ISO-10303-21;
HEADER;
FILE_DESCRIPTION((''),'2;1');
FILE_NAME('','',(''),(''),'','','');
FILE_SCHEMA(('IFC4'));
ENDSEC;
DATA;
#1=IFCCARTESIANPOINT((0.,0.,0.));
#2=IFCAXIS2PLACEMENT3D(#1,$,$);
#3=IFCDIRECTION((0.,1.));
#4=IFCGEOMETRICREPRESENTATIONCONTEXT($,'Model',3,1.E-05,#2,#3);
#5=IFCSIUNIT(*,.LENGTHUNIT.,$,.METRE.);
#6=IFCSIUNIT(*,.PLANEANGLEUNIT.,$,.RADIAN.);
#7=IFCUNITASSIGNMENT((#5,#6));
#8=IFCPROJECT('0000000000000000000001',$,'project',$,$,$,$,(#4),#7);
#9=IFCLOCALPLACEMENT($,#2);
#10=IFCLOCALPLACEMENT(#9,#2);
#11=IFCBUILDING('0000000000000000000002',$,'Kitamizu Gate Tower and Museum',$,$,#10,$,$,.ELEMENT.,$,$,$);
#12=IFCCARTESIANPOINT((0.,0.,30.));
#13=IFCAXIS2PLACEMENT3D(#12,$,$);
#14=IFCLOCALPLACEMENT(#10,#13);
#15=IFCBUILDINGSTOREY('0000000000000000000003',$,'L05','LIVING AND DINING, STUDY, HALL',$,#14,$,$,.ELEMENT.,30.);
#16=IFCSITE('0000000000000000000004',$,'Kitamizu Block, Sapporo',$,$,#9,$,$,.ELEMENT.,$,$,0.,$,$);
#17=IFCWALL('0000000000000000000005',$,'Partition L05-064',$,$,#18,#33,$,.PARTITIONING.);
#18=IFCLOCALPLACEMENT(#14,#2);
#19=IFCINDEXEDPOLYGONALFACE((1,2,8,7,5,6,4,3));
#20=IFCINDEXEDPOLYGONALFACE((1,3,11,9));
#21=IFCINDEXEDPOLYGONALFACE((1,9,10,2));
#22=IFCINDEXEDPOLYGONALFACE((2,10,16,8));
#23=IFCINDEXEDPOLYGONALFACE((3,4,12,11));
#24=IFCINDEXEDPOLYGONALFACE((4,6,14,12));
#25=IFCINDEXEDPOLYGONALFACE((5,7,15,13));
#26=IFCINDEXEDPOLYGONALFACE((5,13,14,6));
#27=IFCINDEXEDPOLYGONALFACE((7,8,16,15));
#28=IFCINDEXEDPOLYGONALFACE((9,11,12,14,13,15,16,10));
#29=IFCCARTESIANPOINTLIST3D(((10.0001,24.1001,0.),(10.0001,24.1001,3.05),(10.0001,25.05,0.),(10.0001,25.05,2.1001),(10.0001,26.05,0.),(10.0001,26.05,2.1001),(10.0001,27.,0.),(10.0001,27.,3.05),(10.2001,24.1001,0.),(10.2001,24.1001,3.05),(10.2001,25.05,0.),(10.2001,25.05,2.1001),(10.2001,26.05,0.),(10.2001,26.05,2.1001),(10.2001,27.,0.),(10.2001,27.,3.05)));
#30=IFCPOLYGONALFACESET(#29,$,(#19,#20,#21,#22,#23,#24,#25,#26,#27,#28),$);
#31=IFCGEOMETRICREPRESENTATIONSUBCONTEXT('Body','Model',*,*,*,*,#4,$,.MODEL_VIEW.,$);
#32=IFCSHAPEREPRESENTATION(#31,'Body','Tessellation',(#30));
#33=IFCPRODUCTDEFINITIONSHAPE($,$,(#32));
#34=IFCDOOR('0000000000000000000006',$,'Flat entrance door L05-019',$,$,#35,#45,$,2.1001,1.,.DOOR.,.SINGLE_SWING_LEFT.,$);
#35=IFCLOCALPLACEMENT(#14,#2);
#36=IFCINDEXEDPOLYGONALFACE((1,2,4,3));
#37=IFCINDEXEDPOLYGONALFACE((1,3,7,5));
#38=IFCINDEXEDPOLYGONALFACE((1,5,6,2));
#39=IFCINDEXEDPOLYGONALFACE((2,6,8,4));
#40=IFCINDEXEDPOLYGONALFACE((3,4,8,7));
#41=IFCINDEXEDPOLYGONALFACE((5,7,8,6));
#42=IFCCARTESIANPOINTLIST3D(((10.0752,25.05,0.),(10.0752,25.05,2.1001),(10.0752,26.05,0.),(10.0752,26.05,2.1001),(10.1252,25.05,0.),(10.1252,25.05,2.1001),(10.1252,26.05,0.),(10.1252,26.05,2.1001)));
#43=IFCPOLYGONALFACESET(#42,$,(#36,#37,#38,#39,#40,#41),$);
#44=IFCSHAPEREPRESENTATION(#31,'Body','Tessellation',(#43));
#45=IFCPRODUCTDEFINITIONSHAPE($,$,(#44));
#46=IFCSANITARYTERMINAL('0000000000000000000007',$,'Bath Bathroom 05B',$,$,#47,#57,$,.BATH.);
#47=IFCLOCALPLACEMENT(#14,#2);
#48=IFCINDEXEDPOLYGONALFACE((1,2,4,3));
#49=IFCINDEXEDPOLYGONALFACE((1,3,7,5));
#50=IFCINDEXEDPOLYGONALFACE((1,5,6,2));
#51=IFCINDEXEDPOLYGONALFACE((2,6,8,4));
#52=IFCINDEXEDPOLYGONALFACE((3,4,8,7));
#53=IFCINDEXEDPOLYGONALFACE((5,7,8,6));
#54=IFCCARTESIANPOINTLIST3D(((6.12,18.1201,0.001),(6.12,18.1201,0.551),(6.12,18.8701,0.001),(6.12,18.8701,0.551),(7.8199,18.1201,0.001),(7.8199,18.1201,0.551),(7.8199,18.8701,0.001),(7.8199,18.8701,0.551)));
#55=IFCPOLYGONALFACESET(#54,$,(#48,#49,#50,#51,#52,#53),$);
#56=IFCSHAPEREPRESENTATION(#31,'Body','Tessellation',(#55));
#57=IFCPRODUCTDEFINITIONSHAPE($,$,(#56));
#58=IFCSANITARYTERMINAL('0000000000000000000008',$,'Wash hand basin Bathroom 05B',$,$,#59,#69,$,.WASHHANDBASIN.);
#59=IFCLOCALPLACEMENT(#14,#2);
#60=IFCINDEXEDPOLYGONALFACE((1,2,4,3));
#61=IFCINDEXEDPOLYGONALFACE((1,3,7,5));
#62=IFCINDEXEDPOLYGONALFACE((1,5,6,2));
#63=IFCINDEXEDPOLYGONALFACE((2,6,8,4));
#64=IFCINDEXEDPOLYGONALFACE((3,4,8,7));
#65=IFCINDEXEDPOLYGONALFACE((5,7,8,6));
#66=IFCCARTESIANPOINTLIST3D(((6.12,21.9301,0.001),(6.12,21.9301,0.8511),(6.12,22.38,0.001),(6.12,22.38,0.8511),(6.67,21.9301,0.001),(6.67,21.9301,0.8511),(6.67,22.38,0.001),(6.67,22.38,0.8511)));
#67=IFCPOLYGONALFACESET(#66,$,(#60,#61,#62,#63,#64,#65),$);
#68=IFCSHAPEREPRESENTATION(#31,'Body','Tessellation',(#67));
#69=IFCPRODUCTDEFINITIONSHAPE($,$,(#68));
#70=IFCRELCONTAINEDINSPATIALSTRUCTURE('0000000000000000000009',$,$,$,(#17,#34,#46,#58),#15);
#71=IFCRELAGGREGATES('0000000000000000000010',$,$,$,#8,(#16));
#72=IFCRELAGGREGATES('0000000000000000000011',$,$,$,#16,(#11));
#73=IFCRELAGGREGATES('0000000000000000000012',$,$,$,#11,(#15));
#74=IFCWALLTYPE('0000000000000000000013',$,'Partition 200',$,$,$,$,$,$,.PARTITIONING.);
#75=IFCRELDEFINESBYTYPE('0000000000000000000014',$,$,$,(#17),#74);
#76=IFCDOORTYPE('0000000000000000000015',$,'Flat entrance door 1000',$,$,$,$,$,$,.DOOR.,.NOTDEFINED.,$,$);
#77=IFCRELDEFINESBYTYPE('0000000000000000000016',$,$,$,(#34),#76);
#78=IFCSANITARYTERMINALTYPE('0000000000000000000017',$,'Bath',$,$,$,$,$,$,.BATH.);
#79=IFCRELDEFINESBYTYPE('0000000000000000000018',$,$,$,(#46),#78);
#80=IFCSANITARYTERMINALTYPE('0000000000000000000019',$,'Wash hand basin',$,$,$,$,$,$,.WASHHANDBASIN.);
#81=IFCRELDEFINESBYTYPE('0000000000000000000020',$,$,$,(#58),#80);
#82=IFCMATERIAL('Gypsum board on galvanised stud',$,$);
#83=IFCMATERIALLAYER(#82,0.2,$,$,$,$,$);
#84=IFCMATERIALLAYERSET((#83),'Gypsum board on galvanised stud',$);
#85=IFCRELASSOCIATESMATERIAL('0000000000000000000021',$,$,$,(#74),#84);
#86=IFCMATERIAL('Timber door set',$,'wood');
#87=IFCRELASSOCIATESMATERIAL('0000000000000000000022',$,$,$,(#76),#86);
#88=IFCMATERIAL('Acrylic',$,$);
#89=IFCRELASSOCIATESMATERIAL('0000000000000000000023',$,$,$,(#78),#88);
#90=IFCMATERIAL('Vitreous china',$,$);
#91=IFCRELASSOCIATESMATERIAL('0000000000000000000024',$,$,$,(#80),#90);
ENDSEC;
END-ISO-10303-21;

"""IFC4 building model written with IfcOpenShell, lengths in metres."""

from ifc_helpers import new_model, si_unit, direction, frame, frame_2d, origin, origin_2d, place, context, subcontext, project, spatial, rectangle, extrude, material, layer, layer_set, type_object, element, fill, save


model = new_model("IFC4")

# Units and contexts
model_context = context("Model", 3, precision=1e-05, world=origin(), true_north=direction((0.0, 1.0)))
body_context = subcontext(model_context, "Body", "Model", "MODEL_VIEW")
ifc_project = project(units=[si_unit("LENGTHUNIT", "METRE"), si_unit("PLANEANGLEUNIT", "RADIAN")], contexts=[model_context])

# Site, building, storey
site_placement = place(None, origin())
site = spatial("IfcSite", under=ifc_project, at=site_placement, Name="Kitamizu Block, Sapporo", CompositionType="ELEMENT", RefElevation=0.0)
building_placement = place(site_placement, origin())
building = spatial("IfcBuilding", under=site, at=building_placement, Name="Kitamizu Gate Tower and Museum", CompositionType="ELEMENT")
storey_placement = place(building_placement, frame((0.0, 0.0, 30.0)))
storey = spatial("IfcBuildingStorey", under=building, at=storey_placement, Name="L05", Description="LIVING AND DINING, STUDY, HALL", CompositionType="ELEMENT", Elevation=30.0)

# Shared definitions
ifc_material_1 = material(Name="Gypsum board on galvanised stud")
ifc_layer_1 = layer(ifc_material_1, 0.2)
ifc_layer_set_1 = layer_set([ifc_layer_1], Name="Gypsum board on galvanised stud")
wall_type_1 = type_object("IfcWallType", Name="Partition 200", PredefinedType="PARTITIONING", material=ifc_layer_set_1)

# Wall, opening, door
wall_1_placement = place(storey_placement, frame((10.1001, 24.1001, 0.0), z_axis=(0.0, 0.0, 1.0), x_axis=(0.0, 1.0, 0.0)))
wall_1 = element("IfcWall", 1, at=wall_1_placement, inside=storey, type_object=wall_type_1, Name="Partition L05-064", PredefinedType="PARTITIONING", context=body_context, shape_type="SweptSolid", body=[
    extrude(rectangle(XDim=2.8999, YDim=0.2, at=frame_2d((1.45, 0.0))), origin(), (0.0, 0.0, 1.0), 3.05),
])
opening_1_placement = place(wall_1_placement, frame((0.95, 0.0, 0.0)))
opening_1 = element("IfcOpeningElement", 2, at=opening_1_placement, cuts=wall_1, PredefinedType="OPENING", context=body_context, shape_type="SweptSolid", body=[
    extrude(rectangle(XDim=1.0, YDim=2.1001, at=frame_2d((0.5, 1.05))), frame((0.0, 0.1099, 0.0), z_axis=(0.0, -1.0, 0.0), x_axis=(1.0, 0.0, 0.0)), (0.0, 0.0, 1.0), 0.22),
])
ifc_material_2 = material(Name="Timber door set", Category="wood")
door_type_1 = type_object("IfcDoorType", Name="Flat entrance door 1000", OperationType="NOTDEFINED", PredefinedType="DOOR", material=ifc_material_2)
door_1_placement = place(opening_1_placement, origin())
door_1 = element("IfcDoor", 3, at=door_1_placement, inside=storey, type_object=door_type_1, Name="Flat entrance door L05-019", OperationType="SINGLE_SWING_LEFT", OverallHeight=2.1001, OverallWidth=1.0, PredefinedType="DOOR", context=body_context, shape_type="SweptSolid", body=[
    extrude(rectangle(XDim=1.0, YDim=2.1001, at=frame_2d((0.5, 1.05))), frame((0.0, 0.0249, 0.0), z_axis=(0.0, -1.0, 0.0), x_axis=(1.0, 0.0, 0.0)), (0.0, 0.0, 1.0), 0.05),
])
fill(opening_1, door_1)

# Sanitary terminals
ifc_material_3 = material(Name="Acrylic")
sanitary_terminal_type_1 = type_object("IfcSanitaryTerminalType", Name="Bath", PredefinedType="BATH", material=ifc_material_3)
sanitary_terminal_1_placement = place(storey_placement, frame((6.97, 18.4951, 0.001), z_axis=(0.0, 0.0, 1.0), x_axis=(1.0, 0.0, 0.0)))
element("IfcSanitaryTerminal", 4, at=sanitary_terminal_1_placement, inside=storey, type_object=sanitary_terminal_type_1, Name="Bath Bathroom 05B", PredefinedType="BATH", context=body_context, shape_type="SweptSolid", body=[
    extrude(rectangle(XDim=1.7, YDim=0.75, at=origin_2d()), origin(), (0.0, 0.0, 1.0), 0.55),
])
ifc_material_4 = material(Name="Vitreous china")
sanitary_terminal_type_2 = type_object("IfcSanitaryTerminalType", Name="Wash hand basin", PredefinedType="WASHHANDBASIN", material=ifc_material_4)
sanitary_terminal_2_placement = place(storey_placement, frame((6.395, 22.155, 0.001), z_axis=(0.0, 0.0, 1.0), x_axis=(1.0, 0.0, 0.0)))
element("IfcSanitaryTerminal", 5, at=sanitary_terminal_2_placement, inside=storey, type_object=sanitary_terminal_type_2, Name="Wash hand basin Bathroom 05B", PredefinedType="WASHHANDBASIN", context=body_context, shape_type="SweptSolid", body=[
    extrude(rectangle(XDim=0.55, YDim=0.45, at=origin_2d()), origin(), (0.0, 0.0, 1.0), 0.8501),
])

save(model, "model.ifc")
